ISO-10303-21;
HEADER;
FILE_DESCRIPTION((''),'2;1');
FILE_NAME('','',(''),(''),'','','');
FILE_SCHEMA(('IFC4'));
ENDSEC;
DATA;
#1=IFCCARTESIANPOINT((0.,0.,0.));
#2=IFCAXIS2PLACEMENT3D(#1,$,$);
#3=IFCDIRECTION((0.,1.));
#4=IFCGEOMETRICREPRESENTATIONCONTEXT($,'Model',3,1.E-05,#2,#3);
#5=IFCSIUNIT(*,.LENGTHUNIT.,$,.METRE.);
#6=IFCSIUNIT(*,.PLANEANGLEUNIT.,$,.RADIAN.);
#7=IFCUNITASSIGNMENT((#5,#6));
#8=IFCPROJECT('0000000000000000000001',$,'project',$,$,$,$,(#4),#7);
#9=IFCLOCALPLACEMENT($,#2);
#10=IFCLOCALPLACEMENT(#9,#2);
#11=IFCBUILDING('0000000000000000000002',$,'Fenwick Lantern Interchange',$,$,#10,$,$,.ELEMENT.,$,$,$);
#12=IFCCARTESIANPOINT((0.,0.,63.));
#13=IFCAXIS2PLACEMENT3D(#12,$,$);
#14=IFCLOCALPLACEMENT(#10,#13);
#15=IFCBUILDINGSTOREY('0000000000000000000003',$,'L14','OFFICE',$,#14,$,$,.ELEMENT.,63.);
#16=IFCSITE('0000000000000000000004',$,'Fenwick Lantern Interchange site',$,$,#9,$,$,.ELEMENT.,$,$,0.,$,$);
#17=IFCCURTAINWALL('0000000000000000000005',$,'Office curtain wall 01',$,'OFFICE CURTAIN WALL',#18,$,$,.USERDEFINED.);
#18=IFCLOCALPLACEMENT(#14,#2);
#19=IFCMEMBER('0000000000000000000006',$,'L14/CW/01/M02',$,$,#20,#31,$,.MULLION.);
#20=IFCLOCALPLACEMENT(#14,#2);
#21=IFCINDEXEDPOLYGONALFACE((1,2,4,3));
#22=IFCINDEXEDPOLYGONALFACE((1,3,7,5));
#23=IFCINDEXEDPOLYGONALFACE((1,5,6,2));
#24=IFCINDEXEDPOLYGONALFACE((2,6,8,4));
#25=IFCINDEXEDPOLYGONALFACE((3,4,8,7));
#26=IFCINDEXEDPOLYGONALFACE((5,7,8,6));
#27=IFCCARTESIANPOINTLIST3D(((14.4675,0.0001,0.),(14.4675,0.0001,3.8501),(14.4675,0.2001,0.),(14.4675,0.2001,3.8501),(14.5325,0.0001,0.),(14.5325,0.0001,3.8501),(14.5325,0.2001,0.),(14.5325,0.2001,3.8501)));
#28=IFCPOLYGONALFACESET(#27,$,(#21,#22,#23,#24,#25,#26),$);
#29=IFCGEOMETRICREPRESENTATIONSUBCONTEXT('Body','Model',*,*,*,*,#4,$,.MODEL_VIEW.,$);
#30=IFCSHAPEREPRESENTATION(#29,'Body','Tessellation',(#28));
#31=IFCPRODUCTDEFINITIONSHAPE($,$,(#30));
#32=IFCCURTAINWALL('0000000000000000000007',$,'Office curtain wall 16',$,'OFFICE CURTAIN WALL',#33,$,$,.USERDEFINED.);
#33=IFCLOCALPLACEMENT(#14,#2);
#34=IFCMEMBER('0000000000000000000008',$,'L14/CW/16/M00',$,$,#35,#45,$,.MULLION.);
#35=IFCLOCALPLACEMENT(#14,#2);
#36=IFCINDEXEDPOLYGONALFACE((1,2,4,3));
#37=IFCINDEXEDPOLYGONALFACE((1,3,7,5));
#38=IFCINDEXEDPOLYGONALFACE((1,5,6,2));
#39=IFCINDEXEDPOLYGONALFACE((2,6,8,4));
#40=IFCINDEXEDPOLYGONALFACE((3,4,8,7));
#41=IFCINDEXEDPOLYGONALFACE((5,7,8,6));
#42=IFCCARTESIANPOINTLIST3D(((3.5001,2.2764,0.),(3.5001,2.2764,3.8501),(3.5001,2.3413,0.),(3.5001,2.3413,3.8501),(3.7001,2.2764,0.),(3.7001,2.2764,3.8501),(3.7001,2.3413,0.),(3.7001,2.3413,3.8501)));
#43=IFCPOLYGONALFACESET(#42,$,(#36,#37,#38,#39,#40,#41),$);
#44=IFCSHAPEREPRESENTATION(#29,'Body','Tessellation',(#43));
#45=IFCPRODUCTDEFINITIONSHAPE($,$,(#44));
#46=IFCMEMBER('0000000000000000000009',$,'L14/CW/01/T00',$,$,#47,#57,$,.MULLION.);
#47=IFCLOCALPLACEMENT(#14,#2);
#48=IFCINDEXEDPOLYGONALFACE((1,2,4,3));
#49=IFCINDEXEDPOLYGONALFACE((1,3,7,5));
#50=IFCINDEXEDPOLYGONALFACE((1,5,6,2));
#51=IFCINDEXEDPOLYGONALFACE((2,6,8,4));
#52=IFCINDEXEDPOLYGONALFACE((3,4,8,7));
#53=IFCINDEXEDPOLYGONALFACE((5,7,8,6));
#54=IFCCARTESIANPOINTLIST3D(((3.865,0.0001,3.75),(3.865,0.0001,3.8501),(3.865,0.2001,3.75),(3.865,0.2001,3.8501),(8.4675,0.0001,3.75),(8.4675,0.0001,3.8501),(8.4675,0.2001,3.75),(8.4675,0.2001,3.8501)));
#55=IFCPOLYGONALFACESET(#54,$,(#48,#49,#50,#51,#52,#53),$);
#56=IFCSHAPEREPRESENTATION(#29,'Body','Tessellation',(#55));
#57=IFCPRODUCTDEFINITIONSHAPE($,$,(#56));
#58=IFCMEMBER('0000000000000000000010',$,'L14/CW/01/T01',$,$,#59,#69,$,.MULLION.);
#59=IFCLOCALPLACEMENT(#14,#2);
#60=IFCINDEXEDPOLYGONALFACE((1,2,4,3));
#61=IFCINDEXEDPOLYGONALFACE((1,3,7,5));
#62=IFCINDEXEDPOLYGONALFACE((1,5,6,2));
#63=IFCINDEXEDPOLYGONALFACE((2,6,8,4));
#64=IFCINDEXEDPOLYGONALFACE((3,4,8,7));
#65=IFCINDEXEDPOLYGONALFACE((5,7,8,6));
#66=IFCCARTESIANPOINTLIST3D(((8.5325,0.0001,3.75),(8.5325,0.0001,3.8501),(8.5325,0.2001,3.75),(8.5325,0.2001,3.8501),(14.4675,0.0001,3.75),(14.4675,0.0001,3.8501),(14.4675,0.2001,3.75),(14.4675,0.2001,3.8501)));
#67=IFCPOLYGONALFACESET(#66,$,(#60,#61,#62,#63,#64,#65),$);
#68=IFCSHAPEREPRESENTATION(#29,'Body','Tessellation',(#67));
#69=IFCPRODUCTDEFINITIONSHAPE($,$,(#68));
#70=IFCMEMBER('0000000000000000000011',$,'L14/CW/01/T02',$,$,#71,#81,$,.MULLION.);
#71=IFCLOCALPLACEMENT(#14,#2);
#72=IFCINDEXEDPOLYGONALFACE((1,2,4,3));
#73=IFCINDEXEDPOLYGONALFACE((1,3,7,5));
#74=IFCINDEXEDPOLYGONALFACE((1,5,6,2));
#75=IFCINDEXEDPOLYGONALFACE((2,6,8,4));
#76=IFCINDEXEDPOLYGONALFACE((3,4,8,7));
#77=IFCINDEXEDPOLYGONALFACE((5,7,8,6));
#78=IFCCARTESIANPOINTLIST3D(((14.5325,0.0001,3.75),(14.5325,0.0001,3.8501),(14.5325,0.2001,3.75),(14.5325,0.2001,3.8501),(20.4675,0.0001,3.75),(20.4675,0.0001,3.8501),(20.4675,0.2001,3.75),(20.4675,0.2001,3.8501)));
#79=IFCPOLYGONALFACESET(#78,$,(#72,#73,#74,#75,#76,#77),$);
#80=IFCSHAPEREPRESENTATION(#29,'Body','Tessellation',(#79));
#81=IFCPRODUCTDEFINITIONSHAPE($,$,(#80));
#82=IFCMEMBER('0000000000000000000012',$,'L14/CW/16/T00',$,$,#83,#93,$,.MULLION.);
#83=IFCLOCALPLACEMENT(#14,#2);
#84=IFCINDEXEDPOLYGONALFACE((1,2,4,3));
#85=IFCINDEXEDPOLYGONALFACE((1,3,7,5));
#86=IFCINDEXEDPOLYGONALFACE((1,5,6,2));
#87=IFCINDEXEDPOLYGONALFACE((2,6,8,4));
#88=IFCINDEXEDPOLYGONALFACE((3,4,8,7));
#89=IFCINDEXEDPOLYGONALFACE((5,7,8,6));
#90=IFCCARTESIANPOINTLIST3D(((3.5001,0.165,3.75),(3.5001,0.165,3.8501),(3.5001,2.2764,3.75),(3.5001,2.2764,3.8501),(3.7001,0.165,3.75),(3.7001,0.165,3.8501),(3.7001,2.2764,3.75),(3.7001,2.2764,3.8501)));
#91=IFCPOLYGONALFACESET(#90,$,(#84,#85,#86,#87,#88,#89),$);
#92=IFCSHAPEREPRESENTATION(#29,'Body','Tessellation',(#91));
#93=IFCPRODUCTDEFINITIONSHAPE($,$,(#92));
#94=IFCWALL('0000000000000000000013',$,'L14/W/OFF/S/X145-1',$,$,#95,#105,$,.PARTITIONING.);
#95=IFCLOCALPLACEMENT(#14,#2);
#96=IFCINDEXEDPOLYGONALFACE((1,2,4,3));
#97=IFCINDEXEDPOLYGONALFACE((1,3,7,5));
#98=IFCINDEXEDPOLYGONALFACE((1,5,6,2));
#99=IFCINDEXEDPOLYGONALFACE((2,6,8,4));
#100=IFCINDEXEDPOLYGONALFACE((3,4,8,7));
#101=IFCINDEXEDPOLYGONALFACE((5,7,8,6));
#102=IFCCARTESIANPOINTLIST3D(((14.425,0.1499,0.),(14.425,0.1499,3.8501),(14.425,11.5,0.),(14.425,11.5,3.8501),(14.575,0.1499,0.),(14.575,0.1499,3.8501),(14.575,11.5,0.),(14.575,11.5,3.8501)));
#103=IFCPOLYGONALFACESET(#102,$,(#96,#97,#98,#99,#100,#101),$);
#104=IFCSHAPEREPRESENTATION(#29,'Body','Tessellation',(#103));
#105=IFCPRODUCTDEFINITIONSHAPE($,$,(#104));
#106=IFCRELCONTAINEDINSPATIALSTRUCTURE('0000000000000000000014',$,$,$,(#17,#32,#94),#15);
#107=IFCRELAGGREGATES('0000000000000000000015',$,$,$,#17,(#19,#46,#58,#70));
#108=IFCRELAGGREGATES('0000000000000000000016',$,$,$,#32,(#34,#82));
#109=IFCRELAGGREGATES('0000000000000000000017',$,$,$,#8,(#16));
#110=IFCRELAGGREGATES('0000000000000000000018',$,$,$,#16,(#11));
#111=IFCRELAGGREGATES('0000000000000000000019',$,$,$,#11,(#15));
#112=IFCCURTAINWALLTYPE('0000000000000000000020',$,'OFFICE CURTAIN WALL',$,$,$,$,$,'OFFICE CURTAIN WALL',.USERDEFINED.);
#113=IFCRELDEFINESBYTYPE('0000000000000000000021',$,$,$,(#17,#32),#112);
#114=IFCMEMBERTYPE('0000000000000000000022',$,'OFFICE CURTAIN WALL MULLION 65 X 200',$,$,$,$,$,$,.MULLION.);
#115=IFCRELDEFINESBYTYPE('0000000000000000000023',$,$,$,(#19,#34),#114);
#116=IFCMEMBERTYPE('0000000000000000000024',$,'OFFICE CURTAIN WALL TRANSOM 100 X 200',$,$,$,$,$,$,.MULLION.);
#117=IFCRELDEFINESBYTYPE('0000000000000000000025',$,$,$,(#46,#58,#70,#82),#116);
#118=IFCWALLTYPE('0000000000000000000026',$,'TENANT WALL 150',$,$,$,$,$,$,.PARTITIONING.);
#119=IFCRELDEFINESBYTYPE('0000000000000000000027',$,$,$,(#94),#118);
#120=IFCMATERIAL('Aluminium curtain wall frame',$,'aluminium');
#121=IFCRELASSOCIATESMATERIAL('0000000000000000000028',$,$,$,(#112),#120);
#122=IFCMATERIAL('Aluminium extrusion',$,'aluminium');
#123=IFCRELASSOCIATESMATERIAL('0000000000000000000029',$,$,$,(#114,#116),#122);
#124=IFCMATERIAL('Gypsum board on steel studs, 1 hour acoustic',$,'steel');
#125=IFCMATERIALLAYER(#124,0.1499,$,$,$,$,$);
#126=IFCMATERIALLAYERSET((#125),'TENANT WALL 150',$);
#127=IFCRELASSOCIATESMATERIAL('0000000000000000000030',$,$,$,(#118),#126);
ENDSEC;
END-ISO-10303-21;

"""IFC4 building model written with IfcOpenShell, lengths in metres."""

from ifc_helpers import new_model, si_unit, direction, frame, frame_2d, origin, origin_2d, place, context, subcontext, project, spatial, rectangle, extrude, material, layer, layer_set, material_profile, profile_set, type_object, element, aggregate, save


model = new_model("IFC4")

# Units and contexts
model_context = context("Model", 3, precision=1e-05, world=origin(), true_north=direction((0.0, 1.0)))
body_context = subcontext(model_context, "Body", "Model", "MODEL_VIEW")
ifc_project = project(units=[si_unit("LENGTHUNIT", "METRE"), si_unit("PLANEANGLEUNIT", "RADIAN")], contexts=[model_context])

# Site, building, storey
site_placement = place(None, origin())
site = spatial("IfcSite", under=ifc_project, at=site_placement, Name="Fenwick Lantern Interchange site", CompositionType="ELEMENT", RefElevation=0.0)
building_placement = place(site_placement, origin())
building = spatial("IfcBuilding", under=site, at=building_placement, Name="Fenwick Lantern Interchange", CompositionType="ELEMENT")
storey_placement = place(building_placement, frame((0.0, 0.0, 63.0)))
storey = spatial("IfcBuildingStorey", under=building, at=storey_placement, Name="L14", Description="OFFICE", CompositionType="ELEMENT", Elevation=63.0)

# Curtain wall, member
ifc_material_1 = material(Name="Aluminium curtain wall frame", Category="aluminium")
curtain_wall_type = type_object("IfcCurtainWallType", Name="OFFICE CURTAIN WALL", ElementType="OFFICE CURTAIN WALL", PredefinedType="USERDEFINED", material=ifc_material_1)
curtain_wall_1_placement = place(storey_placement, origin())
curtain_wall_1 = element("IfcCurtainWall", 1, at=curtain_wall_1_placement, inside=storey, type_object=curtain_wall_type, Name="Office curtain wall 01", ObjectType="OFFICE CURTAIN WALL", PredefinedType="USERDEFINED")
ifc_material_2 = material(Name="Aluminium extrusion", Category="aluminium")
ifc_material_profile_1 = material_profile(ifc_material_2, rectangle(XDim=0.2, YDim=0.0649, at=origin_2d()), Name="OFFICE CURTAIN WALL MULLION 65 X 200")
ifc_profile_set_1 = profile_set([ifc_material_profile_1], Name="Aluminium extrusion")
member_type_1 = type_object("IfcMemberType", Name="OFFICE CURTAIN WALL MULLION 65 X 200", PredefinedType="MULLION", material=ifc_profile_set_1)
member_1_placement = place(storey_placement, frame((14.5, 0.1001, 0.0), z_axis=(0.0, 0.0, 1.0), x_axis=(0.0, 1.0, 0.0)))
member_1 = element("IfcMember", 2, at=member_1_placement, type_object=member_type_1, Name="L14/CW/01/M02", PredefinedType="MULLION", context=body_context, shape_type="SweptSolid", body=[
    extrude(rectangle(XDim=0.2, YDim=0.0649, at=origin_2d()), origin(), (0.0, 0.0, 1.0), 3.8501),
])

# Curtain wall, member
curtain_wall_2_placement = place(storey_placement, origin())
curtain_wall_2 = element("IfcCurtainWall", 3, at=curtain_wall_2_placement, inside=storey, type_object=curtain_wall_type, Name="Office curtain wall 16", ObjectType="OFFICE CURTAIN WALL", PredefinedType="USERDEFINED")
member_2_placement = place(storey_placement, frame((3.6001, 2.3088, 0.0), z_axis=(0.0, 0.0, 1.0), x_axis=(1.0, 0.0, 0.0)))
member_2 = element("IfcMember", 4, at=member_2_placement, type_object=member_type_1, Name="L14/CW/16/M00", PredefinedType="MULLION", context=body_context, shape_type="SweptSolid", body=[
    extrude(rectangle(XDim=0.2, YDim=0.0649, at=origin_2d()), origin(), (0.0, 0.0, 1.0), 3.8501),
])

# Members
ifc_material_profile_2 = material_profile(ifc_material_2, rectangle(XDim=0.2, YDim=0.1001, at=origin_2d()), Name="OFFICE CURTAIN WALL TRANSOM 100 X 200")
ifc_profile_set_2 = profile_set([ifc_material_profile_2], Name="Aluminium extrusion")
member_type_2 = type_object("IfcMemberType", Name="OFFICE CURTAIN WALL TRANSOM 100 X 200", PredefinedType="MULLION", material=ifc_profile_set_2)
member_3_placement = place(storey_placement, frame((3.865, 0.1001, 3.8), z_axis=(1.0, 0.0, 0.0), x_axis=(0.0, 1.0, 0.0)))
member_3 = element("IfcMember", 5, at=member_3_placement, type_object=member_type_2, Name="L14/CW/01/T00", PredefinedType="MULLION", context=body_context, shape_type="SweptSolid", body=[
    extrude(rectangle(XDim=0.2, YDim=0.1001, at=origin_2d()), origin(), (0.0, 0.0, 1.0), 4.6025),
])
member_4_placement = place(storey_placement, frame((8.5325, 0.1001, 3.8), z_axis=(1.0, 0.0, 0.0), x_axis=(0.0, 1.0, 0.0)))
member_4 = element("IfcMember", 6, at=member_4_placement, type_object=member_type_2, Name="L14/CW/01/T01", PredefinedType="MULLION", context=body_context, shape_type="SweptSolid", body=[
    extrude(rectangle(XDim=0.2, YDim=0.1001, at=origin_2d()), origin(), (0.0, 0.0, 1.0), 5.9351),
])
member_5_placement = place(storey_placement, frame((14.5325, 0.1001, 3.8), z_axis=(1.0, 0.0, 0.0), x_axis=(0.0, 1.0, 0.0)))
member_5 = element("IfcMember", 7, at=member_5_placement, type_object=member_type_2, Name="L14/CW/01/T02", PredefinedType="MULLION", context=body_context, shape_type="SweptSolid", body=[
    extrude(rectangle(XDim=0.2, YDim=0.1001, at=origin_2d()), origin(), (0.0, 0.0, 1.0), 5.9351),
])
aggregate(curtain_wall_1, [member_1, member_3, member_4, member_5])
member_6_placement = place(storey_placement, frame((3.6001, 2.2764, 3.8), z_axis=(0.0, -1.0, 0.0), x_axis=(1.0, 0.0, 0.0)))
member_6 = element("IfcMember", 8, at=member_6_placement, type_object=member_type_2, Name="L14/CW/16/T00", PredefinedType="MULLION", context=body_context, shape_type="SweptSolid", body=[
    extrude(rectangle(XDim=0.2, YDim=0.1001, at=origin_2d()), origin(), (0.0, 0.0, 1.0), 2.1113),
])
aggregate(curtain_wall_2, [member_2, member_6])

# Wall
ifc_material_3 = material(Name="Gypsum board on steel studs, 1 hour acoustic", Category="steel")
ifc_layer_1 = layer(ifc_material_3, 0.1499)
ifc_layer_set_1 = layer_set([ifc_layer_1], Name="TENANT WALL 150")
wall_type = type_object("IfcWallType", Name="TENANT WALL 150", PredefinedType="PARTITIONING", material=ifc_layer_set_1)
wall_placement = place(storey_placement, frame((14.5, 0.1499, 0.0), z_axis=(0.0, 0.0, 1.0), x_axis=(0.0, 1.0, 0.0)))
element("IfcWall", 9, at=wall_placement, inside=storey, type_object=wall_type, Name="L14/W/OFF/S/X145-1", PredefinedType="PARTITIONING", context=body_context, shape_type="SweptSolid", body=[
    extrude(rectangle(XDim=11.3501, YDim=0.1499, at=frame_2d((5.675, 0.0))), origin(), (0.0, 0.0, 1.0), 3.8501),
])

save(model, "model.ifc")
